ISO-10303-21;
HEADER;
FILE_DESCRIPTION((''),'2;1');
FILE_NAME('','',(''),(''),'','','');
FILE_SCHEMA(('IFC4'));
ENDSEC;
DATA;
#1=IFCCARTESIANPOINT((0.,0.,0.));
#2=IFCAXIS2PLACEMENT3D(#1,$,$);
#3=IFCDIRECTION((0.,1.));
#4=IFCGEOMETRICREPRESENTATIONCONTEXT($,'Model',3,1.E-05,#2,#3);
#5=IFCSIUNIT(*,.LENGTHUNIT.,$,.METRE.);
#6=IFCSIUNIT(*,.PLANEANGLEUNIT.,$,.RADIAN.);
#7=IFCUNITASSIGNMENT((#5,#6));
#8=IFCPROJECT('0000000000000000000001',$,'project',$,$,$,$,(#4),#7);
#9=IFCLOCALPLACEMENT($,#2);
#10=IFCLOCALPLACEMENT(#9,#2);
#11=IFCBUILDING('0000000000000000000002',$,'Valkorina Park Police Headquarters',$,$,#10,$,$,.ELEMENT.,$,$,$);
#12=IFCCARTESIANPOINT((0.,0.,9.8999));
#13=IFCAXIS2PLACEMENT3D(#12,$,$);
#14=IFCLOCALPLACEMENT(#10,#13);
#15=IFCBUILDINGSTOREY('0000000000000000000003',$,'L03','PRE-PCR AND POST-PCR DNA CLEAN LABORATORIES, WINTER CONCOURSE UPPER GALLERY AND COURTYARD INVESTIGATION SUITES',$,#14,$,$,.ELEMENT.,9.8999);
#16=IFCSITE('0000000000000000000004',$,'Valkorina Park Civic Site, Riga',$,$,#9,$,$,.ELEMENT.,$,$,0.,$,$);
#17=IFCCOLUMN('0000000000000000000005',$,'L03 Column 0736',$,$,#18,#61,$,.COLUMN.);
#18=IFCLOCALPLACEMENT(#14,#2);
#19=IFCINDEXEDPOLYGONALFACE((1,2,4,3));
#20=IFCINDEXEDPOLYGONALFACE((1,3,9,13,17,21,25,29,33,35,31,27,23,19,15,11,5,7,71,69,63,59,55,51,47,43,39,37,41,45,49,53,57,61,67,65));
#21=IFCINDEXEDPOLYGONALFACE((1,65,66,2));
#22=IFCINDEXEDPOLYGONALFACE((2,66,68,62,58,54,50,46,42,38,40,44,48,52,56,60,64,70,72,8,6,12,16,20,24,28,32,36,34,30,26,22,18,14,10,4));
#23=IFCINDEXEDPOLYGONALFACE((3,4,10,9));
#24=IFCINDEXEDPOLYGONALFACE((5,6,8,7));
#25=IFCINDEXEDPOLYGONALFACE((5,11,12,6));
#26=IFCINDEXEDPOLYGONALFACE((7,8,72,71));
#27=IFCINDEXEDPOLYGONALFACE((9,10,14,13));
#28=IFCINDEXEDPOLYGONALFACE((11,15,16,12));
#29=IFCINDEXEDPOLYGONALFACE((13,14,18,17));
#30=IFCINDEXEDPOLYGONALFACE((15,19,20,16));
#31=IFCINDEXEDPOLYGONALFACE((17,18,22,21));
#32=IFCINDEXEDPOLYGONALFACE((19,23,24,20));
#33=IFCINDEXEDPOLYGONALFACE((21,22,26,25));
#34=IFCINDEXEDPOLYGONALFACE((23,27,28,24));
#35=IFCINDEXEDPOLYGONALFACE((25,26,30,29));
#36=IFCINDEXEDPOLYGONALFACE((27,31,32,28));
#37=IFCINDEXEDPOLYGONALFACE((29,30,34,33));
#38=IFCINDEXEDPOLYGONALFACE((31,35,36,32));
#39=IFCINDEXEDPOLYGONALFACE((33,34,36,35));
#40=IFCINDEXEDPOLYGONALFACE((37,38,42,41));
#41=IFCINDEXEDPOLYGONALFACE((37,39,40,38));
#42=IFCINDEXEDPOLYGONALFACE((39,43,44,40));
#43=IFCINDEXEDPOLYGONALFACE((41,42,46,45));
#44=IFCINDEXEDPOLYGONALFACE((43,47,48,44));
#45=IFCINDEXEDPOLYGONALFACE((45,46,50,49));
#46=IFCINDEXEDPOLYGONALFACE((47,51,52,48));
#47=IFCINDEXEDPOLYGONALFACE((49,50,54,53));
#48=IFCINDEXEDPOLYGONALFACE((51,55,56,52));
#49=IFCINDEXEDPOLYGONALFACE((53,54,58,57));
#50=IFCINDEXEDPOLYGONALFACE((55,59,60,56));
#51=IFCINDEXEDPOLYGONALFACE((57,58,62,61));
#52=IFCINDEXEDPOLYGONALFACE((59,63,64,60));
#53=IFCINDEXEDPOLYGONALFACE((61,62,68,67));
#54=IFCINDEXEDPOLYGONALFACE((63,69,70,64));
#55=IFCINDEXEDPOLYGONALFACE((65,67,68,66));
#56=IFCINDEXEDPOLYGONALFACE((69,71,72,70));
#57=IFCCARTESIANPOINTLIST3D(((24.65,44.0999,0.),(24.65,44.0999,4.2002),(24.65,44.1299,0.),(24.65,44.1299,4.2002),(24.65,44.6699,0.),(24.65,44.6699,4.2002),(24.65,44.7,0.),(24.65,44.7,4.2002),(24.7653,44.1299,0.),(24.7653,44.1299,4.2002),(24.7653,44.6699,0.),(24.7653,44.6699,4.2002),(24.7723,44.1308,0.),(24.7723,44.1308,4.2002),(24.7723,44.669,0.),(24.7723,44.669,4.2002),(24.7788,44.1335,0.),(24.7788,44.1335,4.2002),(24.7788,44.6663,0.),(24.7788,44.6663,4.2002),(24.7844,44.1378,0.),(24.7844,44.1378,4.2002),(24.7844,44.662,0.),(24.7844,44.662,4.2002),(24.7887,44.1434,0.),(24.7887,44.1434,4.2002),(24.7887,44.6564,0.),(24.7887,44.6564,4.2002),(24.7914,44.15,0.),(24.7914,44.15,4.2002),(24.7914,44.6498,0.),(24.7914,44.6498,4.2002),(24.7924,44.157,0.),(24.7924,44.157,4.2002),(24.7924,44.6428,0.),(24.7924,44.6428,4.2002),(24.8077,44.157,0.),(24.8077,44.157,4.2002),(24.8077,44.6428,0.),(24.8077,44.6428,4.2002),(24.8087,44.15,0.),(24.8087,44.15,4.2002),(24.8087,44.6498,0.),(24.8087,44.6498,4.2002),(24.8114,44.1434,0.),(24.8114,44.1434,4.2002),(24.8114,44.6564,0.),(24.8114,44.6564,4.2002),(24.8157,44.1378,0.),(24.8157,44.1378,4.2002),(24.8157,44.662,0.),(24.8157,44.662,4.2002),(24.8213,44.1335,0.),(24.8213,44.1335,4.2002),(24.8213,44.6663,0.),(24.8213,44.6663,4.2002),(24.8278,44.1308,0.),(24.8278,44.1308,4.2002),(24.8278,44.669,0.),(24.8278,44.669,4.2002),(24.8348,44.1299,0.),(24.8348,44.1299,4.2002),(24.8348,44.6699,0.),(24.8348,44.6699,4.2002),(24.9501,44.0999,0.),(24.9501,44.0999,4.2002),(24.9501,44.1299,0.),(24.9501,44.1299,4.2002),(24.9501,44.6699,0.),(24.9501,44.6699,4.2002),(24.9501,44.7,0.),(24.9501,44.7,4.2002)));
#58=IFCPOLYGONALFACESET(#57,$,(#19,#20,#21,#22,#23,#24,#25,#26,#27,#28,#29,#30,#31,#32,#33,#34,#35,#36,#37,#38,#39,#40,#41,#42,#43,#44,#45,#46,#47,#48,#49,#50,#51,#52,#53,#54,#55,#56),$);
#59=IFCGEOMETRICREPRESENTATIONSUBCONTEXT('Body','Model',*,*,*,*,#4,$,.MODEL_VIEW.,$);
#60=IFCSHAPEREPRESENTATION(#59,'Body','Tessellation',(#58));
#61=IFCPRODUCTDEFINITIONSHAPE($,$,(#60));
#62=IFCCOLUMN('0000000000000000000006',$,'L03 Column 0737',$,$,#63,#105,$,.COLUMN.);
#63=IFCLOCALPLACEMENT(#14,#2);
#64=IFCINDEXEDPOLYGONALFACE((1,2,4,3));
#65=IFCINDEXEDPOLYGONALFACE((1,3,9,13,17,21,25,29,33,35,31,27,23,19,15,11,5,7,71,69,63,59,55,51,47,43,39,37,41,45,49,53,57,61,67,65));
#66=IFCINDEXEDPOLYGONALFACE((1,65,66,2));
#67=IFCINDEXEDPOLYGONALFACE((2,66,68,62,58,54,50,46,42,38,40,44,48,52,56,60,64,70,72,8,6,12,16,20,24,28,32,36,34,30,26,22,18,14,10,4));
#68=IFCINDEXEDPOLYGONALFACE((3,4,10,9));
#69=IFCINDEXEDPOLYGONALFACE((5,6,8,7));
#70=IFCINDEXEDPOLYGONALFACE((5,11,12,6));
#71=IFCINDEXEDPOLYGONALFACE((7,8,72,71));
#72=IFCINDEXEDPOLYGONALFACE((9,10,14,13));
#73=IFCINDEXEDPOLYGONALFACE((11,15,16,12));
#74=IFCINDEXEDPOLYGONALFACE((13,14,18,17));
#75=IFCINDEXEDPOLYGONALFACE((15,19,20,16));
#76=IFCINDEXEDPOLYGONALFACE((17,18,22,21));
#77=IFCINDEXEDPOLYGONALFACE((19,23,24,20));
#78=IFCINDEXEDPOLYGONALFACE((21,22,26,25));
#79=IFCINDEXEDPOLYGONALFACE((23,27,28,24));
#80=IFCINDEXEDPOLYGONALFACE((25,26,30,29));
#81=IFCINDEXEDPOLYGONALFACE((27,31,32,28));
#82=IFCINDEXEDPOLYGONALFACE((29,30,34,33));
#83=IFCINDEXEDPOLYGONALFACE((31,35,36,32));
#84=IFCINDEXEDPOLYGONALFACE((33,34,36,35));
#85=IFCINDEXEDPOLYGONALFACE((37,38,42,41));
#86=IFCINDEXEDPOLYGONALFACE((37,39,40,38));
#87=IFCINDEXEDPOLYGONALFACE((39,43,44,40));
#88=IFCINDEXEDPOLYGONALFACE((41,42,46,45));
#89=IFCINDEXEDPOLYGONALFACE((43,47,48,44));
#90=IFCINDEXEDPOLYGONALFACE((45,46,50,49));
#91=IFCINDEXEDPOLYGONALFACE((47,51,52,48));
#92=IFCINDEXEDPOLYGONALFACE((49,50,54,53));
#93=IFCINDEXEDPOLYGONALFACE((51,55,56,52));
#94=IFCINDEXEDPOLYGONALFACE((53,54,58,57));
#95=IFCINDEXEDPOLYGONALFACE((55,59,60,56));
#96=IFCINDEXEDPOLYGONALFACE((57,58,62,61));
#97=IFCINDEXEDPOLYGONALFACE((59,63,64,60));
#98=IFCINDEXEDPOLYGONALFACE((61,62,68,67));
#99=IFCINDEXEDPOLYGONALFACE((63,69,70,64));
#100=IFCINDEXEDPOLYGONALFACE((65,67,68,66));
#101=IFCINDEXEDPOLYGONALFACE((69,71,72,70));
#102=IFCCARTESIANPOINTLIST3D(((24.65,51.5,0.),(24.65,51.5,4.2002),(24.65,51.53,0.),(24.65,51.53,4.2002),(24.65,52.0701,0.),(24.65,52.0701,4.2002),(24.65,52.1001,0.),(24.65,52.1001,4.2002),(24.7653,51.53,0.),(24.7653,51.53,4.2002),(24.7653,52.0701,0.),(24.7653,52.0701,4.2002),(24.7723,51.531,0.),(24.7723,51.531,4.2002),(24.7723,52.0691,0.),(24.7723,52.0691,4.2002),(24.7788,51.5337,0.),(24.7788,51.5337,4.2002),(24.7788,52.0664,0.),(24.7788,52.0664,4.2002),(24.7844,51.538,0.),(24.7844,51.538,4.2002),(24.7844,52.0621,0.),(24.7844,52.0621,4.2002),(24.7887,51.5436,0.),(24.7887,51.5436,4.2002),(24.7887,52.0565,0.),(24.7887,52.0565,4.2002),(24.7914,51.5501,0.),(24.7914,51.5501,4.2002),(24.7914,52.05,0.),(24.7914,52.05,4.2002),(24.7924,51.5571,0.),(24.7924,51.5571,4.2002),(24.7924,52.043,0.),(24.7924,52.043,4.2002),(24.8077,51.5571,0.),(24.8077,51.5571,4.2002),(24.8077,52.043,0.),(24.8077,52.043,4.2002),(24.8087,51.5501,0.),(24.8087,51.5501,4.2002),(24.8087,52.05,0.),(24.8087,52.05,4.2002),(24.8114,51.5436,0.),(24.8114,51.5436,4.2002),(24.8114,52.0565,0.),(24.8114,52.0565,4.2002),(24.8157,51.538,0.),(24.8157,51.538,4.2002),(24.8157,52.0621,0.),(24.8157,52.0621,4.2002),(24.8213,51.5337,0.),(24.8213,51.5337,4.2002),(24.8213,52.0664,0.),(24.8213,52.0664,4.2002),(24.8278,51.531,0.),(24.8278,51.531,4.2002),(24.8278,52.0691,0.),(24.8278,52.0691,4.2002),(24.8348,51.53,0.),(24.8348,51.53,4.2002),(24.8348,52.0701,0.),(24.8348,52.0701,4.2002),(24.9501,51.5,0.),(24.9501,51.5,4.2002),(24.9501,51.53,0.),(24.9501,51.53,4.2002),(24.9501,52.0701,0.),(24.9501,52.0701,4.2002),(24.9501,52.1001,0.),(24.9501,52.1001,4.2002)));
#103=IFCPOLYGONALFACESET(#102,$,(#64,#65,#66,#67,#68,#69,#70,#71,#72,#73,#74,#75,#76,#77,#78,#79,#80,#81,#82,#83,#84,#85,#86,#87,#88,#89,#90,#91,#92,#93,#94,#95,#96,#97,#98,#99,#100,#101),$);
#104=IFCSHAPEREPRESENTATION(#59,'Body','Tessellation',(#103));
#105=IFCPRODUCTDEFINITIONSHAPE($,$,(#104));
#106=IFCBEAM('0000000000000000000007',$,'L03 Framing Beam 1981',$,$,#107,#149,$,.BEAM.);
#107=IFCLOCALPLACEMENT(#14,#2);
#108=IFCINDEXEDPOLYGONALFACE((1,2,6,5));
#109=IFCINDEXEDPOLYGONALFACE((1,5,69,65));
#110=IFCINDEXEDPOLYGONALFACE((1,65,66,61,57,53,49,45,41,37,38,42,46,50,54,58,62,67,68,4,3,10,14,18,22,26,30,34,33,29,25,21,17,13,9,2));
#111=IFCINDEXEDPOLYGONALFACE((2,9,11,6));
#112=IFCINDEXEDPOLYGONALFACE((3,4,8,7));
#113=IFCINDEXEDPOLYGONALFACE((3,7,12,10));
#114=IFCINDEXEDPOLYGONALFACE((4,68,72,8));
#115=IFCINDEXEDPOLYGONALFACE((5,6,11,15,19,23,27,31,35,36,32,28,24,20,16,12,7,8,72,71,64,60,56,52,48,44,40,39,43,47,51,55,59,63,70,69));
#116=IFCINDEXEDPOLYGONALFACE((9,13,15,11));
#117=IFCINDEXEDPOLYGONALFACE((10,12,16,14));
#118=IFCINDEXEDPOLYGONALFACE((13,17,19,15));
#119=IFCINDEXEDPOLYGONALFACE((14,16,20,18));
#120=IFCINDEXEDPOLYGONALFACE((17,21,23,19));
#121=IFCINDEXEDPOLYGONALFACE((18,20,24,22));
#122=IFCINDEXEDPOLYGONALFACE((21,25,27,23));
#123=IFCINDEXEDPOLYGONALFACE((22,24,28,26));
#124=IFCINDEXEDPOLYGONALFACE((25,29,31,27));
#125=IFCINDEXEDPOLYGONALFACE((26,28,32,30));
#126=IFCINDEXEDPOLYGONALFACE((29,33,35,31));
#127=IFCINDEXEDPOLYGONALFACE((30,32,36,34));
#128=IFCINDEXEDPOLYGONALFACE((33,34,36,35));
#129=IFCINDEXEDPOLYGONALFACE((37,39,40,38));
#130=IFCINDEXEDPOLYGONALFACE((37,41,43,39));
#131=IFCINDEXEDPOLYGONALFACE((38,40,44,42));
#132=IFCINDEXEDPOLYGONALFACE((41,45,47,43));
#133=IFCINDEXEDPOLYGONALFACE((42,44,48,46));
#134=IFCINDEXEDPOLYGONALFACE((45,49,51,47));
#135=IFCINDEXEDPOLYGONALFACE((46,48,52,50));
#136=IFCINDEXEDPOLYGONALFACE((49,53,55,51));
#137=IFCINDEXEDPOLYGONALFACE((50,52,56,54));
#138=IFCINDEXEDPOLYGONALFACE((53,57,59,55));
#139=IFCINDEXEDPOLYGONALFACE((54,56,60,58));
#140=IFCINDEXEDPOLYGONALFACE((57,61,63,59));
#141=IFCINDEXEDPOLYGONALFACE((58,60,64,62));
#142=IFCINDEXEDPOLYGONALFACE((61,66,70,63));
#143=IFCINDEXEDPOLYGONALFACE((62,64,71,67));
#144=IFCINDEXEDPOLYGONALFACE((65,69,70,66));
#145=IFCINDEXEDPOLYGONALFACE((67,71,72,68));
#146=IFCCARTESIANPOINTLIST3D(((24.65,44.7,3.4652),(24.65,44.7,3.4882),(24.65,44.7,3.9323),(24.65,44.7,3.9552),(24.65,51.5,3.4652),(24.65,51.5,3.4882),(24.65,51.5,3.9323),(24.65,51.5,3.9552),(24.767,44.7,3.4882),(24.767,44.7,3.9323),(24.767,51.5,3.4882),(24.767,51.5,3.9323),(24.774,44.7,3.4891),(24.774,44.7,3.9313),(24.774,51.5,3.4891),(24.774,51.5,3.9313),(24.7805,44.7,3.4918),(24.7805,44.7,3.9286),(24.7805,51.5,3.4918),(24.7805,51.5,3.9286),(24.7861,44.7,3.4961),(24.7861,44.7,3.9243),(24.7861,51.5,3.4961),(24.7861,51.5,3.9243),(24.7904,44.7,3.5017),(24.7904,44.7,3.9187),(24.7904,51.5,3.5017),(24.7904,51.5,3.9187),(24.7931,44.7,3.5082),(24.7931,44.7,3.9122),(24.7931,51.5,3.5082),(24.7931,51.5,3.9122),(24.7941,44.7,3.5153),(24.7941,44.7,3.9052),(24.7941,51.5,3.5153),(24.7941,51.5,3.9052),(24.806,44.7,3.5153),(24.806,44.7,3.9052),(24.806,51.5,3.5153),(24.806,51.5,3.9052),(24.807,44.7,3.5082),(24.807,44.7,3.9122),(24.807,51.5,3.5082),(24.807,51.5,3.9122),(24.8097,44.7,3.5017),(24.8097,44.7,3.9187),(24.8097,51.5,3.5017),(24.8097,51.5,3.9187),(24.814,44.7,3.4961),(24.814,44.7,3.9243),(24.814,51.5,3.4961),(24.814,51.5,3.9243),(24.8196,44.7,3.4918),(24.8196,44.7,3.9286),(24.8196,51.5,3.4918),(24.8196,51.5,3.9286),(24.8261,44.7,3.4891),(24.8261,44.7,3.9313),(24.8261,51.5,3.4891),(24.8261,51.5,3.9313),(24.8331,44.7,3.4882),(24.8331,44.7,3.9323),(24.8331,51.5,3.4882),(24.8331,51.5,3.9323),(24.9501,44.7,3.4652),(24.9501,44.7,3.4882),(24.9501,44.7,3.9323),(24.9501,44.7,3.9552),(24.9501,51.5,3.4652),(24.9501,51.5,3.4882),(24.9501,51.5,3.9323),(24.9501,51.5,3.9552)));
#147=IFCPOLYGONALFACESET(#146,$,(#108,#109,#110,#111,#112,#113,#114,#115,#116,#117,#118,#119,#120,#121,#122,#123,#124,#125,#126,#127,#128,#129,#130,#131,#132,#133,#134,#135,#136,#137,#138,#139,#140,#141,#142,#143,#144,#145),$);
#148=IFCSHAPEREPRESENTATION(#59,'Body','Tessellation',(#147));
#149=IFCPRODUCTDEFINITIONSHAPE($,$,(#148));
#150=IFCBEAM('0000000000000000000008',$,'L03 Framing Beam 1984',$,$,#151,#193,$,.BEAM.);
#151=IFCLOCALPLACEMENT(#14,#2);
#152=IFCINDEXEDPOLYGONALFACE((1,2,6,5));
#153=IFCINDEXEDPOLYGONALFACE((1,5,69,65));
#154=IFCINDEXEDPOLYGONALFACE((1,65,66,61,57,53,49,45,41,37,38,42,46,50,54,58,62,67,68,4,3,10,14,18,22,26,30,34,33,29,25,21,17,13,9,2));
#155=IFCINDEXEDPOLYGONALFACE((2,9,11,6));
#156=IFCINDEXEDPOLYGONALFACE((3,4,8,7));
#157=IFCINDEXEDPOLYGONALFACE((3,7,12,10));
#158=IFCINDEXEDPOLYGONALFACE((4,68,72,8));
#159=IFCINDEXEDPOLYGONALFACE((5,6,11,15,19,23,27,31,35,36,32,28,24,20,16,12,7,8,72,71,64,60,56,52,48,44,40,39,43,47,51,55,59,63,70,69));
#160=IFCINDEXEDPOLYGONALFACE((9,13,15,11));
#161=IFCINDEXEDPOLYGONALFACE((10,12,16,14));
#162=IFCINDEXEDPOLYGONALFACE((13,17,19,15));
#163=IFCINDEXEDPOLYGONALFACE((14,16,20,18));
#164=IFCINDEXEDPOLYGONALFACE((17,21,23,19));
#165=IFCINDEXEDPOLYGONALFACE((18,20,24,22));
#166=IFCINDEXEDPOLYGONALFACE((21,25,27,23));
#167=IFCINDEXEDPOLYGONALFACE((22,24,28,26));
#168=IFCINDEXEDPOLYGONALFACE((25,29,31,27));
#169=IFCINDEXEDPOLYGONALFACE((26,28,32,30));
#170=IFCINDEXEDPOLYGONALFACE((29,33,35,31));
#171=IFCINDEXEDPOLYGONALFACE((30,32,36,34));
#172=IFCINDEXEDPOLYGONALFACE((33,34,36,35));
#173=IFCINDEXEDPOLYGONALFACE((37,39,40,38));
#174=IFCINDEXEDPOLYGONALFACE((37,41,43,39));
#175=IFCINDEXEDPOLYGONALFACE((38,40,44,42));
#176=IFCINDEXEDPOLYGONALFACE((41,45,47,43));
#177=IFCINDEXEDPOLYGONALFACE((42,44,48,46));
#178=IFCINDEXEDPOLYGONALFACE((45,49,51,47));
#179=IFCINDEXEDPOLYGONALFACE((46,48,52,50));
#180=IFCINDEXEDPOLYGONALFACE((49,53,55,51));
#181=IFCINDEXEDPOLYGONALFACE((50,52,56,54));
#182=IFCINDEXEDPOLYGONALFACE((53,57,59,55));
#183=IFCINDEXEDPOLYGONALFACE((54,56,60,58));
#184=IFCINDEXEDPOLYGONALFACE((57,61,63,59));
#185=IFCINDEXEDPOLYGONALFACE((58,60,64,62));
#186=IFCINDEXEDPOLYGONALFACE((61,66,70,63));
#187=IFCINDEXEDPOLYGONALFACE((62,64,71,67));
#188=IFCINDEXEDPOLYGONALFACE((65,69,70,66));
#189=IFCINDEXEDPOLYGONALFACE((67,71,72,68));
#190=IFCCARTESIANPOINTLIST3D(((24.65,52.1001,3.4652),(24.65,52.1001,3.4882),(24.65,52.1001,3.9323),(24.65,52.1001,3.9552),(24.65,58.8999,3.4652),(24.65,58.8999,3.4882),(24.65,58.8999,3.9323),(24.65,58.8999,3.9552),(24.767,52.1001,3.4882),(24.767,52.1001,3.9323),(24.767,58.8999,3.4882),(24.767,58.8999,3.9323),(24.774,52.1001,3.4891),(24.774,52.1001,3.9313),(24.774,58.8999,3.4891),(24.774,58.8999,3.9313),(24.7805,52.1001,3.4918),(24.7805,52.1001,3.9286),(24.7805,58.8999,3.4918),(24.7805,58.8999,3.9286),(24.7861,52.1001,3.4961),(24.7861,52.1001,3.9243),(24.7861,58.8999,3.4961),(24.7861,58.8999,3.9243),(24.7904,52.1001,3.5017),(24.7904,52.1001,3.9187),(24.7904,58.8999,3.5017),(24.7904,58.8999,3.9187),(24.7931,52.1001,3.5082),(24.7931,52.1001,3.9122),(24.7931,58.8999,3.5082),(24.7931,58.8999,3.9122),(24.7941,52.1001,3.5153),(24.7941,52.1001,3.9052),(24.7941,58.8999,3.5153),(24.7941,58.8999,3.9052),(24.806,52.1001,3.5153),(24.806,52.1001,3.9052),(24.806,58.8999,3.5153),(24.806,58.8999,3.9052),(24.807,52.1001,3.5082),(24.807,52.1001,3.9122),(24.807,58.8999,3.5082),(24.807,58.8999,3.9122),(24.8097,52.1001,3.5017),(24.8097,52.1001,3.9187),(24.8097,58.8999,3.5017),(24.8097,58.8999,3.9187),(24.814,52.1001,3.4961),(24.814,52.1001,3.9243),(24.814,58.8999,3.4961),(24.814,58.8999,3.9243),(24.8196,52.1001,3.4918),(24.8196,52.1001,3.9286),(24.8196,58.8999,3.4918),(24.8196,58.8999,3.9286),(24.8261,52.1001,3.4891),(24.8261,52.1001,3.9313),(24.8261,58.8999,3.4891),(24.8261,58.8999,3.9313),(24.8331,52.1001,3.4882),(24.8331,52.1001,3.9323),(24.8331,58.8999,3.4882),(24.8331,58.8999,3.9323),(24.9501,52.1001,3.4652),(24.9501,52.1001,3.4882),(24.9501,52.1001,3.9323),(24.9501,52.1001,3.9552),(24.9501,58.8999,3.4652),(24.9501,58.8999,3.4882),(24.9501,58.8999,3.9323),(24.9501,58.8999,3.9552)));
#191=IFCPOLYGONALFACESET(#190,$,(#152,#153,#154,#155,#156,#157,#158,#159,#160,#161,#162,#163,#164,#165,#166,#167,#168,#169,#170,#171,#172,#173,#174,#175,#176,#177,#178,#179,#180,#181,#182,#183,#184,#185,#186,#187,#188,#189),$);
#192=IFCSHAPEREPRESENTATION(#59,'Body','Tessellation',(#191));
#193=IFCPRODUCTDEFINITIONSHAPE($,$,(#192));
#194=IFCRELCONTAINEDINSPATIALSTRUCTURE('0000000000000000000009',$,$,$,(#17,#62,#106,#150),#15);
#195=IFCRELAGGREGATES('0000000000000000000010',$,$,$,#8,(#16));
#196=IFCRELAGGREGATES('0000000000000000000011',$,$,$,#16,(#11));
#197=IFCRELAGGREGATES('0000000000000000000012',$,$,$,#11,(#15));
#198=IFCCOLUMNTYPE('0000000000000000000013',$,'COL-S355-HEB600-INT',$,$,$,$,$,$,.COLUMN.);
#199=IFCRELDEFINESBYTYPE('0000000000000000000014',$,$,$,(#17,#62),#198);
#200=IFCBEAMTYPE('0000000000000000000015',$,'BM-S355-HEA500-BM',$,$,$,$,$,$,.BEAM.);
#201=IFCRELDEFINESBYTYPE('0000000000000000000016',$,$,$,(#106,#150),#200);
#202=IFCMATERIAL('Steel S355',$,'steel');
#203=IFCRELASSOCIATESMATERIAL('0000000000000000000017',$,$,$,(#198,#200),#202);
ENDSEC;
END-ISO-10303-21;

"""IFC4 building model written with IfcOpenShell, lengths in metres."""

from ifc_helpers import new_model, si_unit, direction, frame, origin, origin_2d, place, context, subcontext, project, spatial, i_section, extrude, material, material_profile, profile_set, type_object, element, save


model = new_model("IFC4")

# Units and contexts
model_context = context("Model", 3, precision=1e-05, world=origin(), true_north=direction((0.0, 1.0)))
body_context = subcontext(model_context, "Body", "Model", "MODEL_VIEW")
ifc_project = project(units=[si_unit("LENGTHUNIT", "METRE"), si_unit("PLANEANGLEUNIT", "RADIAN")], contexts=[model_context])

# Site, building, storey
site_placement = place(None, origin())
site = spatial("IfcSite", under=ifc_project, at=site_placement, Name="Valkorina Park Civic Site, Riga", CompositionType="ELEMENT", RefElevation=0.0)
building_placement = place(site_placement, origin())
building = spatial("IfcBuilding", under=site, at=building_placement, Name="Valkorina Park Police Headquarters", CompositionType="ELEMENT")
storey_placement = place(building_placement, frame((0.0, 0.0, 9.8999)))
storey = spatial("IfcBuildingStorey", under=building, at=storey_placement, Name="L03", Description="PRE-PCR AND POST-PCR DNA CLEAN LABORATORIES, WINTER CONCOURSE UPPER GALLERY AND COURTYARD INVESTIGATION SUITES", CompositionType="ELEMENT", Elevation=9.8999)

# Columns
ifc_material_1 = material(Name="Steel S355", Category="steel")
ifc_material_profile_1 = material_profile(ifc_material_1, i_section(OverallWidth=0.3, OverallDepth=0.6001, WebThickness=0.0154, FlangeThickness=0.03, FilletRadius=0.0271, at=origin_2d()), Name="HEB 600")
ifc_profile_set_1 = profile_set([ifc_material_profile_1], Name="Steel S355")
column_type = type_object("IfcColumnType", Name="COL-S355-HEB600-INT", PredefinedType="COLUMN", material=ifc_profile_set_1)
for number, where, z_axis, x_axis, name in (
    (1, (24.8, 44.3999, 0.0), (0.0, 0.0, 1.0), (1.0, 0.0, 0.0), "L03 Column 0736"),
    (2, (24.8, 51.8, 0.0), (0.0, 0.0, 1.0), (1.0, 0.0, 0.0), "L03 Column 0737"),
):
    element("IfcColumn", number, at=place(storey_placement, frame(where, z_axis=z_axis, x_axis=x_axis)), inside=storey, type_object=column_type, Name=name, PredefinedType="COLUMN", context=body_context, shape_type="SweptSolid", body=[
        extrude(i_section(OverallWidth=0.3, OverallDepth=0.6001, WebThickness=0.0154, FlangeThickness=0.03, FilletRadius=0.0271, at=origin_2d()), origin(), (0.0, 0.0, 1.0), 4.2002),
    ])

# Beams
ifc_material_profile_2 = material_profile(ifc_material_1, i_section(OverallWidth=0.3, OverallDepth=0.49, WebThickness=0.012, FlangeThickness=0.0229, FilletRadius=0.0271, at=origin_2d()), Name="HEA 500")
ifc_profile_set_2 = profile_set([ifc_material_profile_2], Name="Steel S355")
beam_type_1 = type_object("IfcBeamType", Name="BM-S355-HEA500-BM", PredefinedType="BEAM", material=ifc_profile_set_2)
beam_1_placement = place(storey_placement, frame((24.8, 44.7, 3.7102), z_axis=(0.0, 1.0, 0.0), x_axis=(-1.0, 0.0, 0.0)))
element("IfcBeam", 3, at=beam_1_placement, inside=storey, type_object=beam_type_1, Name="L03 Framing Beam 1981", PredefinedType="BEAM", context=body_context, shape_type="SweptSolid", body=[
    extrude(i_section(OverallWidth=0.3, OverallDepth=0.49, WebThickness=0.012, FlangeThickness=0.0229, FilletRadius=0.0271, at=origin_2d()), origin(), (0.0, 0.0, 1.0), 6.8),
])
beam_2_placement = place(storey_placement, frame((24.8, 52.1001, 3.7102), z_axis=(0.0, 1.0, 0.0), x_axis=(-1.0, 0.0, 0.0)))
element("IfcBeam", 4, at=beam_2_placement, inside=storey, type_object=beam_type_1, Name="L03 Framing Beam 1984", PredefinedType="BEAM", context=body_context, shape_type="SweptSolid", body=[
    extrude(i_section(OverallWidth=0.3, OverallDepth=0.49, WebThickness=0.012, FlangeThickness=0.0229, FilletRadius=0.0271, at=origin_2d()), origin(), (0.0, 0.0, 1.0), 6.7998),
])

save(model, "model.ifc")
